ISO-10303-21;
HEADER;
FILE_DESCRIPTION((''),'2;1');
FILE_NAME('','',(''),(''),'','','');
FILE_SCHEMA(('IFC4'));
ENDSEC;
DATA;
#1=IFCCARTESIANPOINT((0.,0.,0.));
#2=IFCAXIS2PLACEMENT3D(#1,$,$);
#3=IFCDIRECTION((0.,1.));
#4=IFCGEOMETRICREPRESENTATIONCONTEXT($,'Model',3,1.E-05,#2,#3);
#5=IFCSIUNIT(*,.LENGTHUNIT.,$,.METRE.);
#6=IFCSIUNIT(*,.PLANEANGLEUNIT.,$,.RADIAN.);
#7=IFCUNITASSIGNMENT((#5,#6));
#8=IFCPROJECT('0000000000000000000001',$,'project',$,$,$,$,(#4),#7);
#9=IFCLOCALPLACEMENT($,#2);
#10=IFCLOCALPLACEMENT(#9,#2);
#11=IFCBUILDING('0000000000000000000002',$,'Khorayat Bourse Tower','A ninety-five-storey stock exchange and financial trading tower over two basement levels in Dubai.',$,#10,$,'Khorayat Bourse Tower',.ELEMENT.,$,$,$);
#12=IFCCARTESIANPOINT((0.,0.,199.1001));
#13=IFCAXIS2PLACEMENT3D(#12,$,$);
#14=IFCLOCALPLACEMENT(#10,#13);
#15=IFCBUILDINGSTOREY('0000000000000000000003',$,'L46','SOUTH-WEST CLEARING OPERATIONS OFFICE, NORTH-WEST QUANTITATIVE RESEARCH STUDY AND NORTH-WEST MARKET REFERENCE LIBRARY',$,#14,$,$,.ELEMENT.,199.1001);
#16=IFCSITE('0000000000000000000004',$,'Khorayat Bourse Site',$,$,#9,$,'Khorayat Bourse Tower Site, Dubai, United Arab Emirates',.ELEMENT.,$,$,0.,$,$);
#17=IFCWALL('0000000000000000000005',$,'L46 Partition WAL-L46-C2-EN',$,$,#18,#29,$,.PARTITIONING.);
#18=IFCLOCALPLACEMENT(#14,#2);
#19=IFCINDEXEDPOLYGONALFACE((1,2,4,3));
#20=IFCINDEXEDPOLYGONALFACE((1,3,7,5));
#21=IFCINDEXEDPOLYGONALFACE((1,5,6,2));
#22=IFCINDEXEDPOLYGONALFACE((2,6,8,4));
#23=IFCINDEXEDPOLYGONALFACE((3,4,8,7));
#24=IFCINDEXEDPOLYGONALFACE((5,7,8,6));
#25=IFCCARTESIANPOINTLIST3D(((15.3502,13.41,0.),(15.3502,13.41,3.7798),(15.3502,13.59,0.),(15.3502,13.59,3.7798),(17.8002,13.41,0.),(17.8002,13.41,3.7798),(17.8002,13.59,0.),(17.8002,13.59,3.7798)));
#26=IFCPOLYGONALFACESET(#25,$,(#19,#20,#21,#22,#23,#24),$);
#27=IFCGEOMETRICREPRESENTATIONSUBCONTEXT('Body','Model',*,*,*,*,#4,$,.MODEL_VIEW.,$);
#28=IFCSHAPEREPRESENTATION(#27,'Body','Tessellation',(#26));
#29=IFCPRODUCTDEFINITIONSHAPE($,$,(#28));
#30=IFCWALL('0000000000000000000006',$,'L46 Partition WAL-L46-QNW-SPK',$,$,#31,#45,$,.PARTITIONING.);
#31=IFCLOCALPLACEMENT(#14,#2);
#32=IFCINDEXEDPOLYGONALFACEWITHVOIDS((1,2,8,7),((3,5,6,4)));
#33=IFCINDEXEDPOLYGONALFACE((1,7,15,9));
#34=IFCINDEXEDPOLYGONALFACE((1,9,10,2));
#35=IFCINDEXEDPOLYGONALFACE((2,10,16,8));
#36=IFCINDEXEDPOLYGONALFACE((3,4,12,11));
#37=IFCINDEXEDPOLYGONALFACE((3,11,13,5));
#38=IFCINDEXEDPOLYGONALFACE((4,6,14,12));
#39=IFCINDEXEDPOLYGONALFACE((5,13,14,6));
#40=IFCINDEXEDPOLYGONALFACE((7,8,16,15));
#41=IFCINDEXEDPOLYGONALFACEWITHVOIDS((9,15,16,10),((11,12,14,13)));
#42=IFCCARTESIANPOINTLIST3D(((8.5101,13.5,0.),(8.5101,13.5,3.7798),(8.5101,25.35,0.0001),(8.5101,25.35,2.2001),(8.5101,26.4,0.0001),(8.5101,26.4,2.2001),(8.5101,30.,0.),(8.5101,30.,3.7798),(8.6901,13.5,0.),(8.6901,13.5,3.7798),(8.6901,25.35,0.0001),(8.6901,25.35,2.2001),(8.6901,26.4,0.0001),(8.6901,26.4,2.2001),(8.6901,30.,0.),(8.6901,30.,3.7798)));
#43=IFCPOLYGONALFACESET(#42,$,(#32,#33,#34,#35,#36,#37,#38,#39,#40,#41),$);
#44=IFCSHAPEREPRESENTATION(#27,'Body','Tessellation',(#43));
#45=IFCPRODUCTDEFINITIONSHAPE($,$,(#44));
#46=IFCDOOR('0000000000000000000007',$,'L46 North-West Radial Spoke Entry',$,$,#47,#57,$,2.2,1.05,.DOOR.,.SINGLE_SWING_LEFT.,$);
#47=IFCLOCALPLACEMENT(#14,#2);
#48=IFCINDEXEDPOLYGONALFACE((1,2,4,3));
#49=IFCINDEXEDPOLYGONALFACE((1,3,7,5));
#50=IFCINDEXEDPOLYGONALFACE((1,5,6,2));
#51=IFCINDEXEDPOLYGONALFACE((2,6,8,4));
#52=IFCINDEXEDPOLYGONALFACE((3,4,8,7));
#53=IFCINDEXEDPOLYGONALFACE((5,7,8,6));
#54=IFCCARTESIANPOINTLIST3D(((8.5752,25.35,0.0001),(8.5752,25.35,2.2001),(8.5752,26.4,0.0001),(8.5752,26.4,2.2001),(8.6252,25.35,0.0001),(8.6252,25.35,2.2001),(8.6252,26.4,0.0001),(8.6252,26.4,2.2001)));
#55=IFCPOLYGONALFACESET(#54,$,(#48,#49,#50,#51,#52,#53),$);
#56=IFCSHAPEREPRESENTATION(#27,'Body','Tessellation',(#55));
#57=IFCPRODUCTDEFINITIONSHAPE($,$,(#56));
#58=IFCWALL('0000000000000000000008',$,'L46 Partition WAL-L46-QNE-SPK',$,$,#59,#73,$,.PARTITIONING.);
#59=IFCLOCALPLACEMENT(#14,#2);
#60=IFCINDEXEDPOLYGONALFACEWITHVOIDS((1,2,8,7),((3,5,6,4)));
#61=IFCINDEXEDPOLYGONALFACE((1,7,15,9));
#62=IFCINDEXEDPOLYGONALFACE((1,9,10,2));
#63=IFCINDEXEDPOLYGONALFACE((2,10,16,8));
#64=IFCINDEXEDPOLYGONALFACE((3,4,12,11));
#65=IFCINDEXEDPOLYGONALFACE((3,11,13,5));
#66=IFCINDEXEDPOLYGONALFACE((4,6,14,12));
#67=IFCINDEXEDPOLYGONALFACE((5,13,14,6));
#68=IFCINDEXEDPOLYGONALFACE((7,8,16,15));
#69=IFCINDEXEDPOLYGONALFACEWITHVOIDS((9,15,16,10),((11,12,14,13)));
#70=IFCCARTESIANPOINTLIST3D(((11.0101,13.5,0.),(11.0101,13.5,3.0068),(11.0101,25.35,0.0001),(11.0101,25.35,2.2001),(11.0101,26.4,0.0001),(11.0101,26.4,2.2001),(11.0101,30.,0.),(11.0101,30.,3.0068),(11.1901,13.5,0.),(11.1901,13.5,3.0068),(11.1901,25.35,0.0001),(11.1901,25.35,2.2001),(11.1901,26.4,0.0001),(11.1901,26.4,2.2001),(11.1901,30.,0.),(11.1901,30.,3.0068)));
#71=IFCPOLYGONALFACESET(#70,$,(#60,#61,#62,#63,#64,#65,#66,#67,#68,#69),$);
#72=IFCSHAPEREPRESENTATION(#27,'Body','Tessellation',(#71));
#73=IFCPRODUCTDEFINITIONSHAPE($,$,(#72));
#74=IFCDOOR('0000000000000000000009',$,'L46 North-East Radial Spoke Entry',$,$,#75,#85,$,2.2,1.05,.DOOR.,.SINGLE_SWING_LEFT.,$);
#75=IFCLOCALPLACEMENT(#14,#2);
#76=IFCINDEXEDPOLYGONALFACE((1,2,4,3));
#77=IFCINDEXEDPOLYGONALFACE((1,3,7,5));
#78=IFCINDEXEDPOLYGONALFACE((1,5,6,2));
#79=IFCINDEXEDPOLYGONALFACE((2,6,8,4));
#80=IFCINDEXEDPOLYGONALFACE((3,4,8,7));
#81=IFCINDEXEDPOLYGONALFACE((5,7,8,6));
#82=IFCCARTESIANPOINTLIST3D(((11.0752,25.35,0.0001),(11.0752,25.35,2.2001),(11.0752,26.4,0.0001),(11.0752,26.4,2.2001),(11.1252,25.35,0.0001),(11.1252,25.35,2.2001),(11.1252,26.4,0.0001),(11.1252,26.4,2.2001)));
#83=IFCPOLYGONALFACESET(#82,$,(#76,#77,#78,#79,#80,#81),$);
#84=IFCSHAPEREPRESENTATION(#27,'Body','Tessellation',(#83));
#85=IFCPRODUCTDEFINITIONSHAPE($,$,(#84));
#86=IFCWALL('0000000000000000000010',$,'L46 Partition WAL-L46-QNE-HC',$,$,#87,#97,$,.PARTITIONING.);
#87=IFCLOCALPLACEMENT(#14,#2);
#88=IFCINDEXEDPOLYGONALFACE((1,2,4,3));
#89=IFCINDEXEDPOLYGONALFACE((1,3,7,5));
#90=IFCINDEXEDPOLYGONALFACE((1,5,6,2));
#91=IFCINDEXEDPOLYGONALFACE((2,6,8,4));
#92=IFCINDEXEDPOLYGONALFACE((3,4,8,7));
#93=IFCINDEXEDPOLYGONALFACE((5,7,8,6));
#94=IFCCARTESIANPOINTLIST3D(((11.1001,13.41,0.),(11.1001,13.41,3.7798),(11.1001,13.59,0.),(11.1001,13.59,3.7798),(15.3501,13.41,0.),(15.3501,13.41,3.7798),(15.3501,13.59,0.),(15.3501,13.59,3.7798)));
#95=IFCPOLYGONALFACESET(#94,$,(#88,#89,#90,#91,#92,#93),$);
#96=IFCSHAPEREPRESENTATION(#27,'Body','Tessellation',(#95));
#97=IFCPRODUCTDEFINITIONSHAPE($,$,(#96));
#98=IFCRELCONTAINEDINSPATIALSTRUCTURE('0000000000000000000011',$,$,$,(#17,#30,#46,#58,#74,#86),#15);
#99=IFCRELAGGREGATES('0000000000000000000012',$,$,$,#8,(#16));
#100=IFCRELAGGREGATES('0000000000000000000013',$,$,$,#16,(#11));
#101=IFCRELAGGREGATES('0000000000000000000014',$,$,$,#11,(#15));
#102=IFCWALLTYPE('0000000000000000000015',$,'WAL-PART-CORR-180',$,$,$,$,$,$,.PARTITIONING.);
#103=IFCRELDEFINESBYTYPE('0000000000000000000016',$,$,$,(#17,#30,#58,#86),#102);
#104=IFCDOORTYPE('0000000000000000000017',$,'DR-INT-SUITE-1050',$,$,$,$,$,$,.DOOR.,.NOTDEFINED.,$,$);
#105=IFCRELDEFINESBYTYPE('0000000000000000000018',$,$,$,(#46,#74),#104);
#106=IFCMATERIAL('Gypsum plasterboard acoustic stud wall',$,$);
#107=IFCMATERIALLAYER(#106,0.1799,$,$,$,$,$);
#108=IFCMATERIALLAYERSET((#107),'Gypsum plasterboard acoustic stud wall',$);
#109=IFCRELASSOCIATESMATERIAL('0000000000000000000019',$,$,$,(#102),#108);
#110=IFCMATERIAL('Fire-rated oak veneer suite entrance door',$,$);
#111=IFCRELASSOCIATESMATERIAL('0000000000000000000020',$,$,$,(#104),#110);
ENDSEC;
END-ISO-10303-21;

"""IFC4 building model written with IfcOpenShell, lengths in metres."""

from ifc_helpers import new_model, si_unit, direction, frame, frame_2d, origin, place, context, subcontext, project, spatial, rectangle, extrude, source, transform, mapped, material, layer, layer_set, type_object, element, fill, save


model = new_model("IFC4")

# Units and contexts
model_context = context("Model", 3, precision=1e-05, world=origin(), true_north=direction((0.0, 1.0)))
body_context = subcontext(model_context, "Body", "Model", "MODEL_VIEW")
ifc_project = project(units=[si_unit("LENGTHUNIT", "METRE"), si_unit("PLANEANGLEUNIT", "RADIAN")], contexts=[model_context])

# Site, building, storey
site_placement = place(None, origin())
site = spatial("IfcSite", under=ifc_project, at=site_placement, Name="Khorayat Bourse Site", LongName="Khorayat Bourse Tower Site, Dubai, United Arab Emirates", CompositionType="ELEMENT", RefElevation=0.0)
building_placement = place(site_placement, origin())
building = spatial("IfcBuilding", under=site, at=building_placement, Name="Khorayat Bourse Tower", Description="A ninety-five-storey stock exchange and financial trading tower over two basement levels in Dubai.", LongName="Khorayat Bourse Tower", CompositionType="ELEMENT")
storey_placement = place(building_placement, frame((0.0, 0.0, 199.1001)))
storey = spatial("IfcBuildingStorey", under=building, at=storey_placement, Name="L46", Description="SOUTH-WEST CLEARING OPERATIONS OFFICE, NORTH-WEST QUANTITATIVE RESEARCH STUDY AND NORTH-WEST MARKET REFERENCE LIBRARY", CompositionType="ELEMENT", Elevation=199.1001)

# Wall
ifc_material_1 = material(Name="Gypsum plasterboard acoustic stud wall")
ifc_layer_1 = layer(ifc_material_1, 0.1799)
ifc_layer_set_1 = layer_set([ifc_layer_1], Name="Gypsum plasterboard acoustic stud wall")
wall_type = type_object("IfcWallType", Name="WAL-PART-CORR-180", PredefinedType="PARTITIONING", material=ifc_layer_set_1)
shared_shape_1 = source(origin(), body_context, "Body", "SweptSolid", [
    extrude(rectangle(XDim=2.45, YDim=0.1799, at=frame_2d((1.2251, 0.0))), origin(), (0.0, 0.0, 1.0), 3.7798),
])
wall_1_placement = place(storey_placement, frame((15.3501, 13.5, 0.0), z_axis=(0.0, 0.0, 1.0), x_axis=(1.0, 0.0, 0.0)))
element("IfcWall", 1, at=wall_1_placement, inside=storey, type_object=wall_type, Name="L46 Partition WAL-L46-C2-EN", PredefinedType="PARTITIONING", context=body_context, shape_type="MappedRepresentation", body=[
    mapped(shared_shape_1, transform((0.0, 0.0, 0.0), scale=1.0)),
])

# Walls, openings, doors
shared_shape_2 = source(origin(), body_context, "Body", "SweptSolid", [
    extrude(rectangle(XDim=16.5, YDim=0.1799, at=frame_2d((8.25, 0.0))), origin(), (0.0, 0.0, 1.0), 3.7798),
])
wall_2_placement = place(storey_placement, frame((8.6001, 13.5, 0.0), z_axis=(0.0, 0.0, 1.0), x_axis=(0.0, 1.0, 0.0)))
wall_2 = element("IfcWall", 2, at=wall_2_placement, inside=storey, type_object=wall_type, Name="L46 Partition WAL-L46-QNW-SPK", PredefinedType="PARTITIONING", context=body_context, shape_type="MappedRepresentation", body=[
    mapped(shared_shape_2, transform((0.0, 0.0, 0.0), scale=1.0)),
])
shared_shape_3 = source(origin(), body_context, "Body", "SweptSolid", [
    extrude(rectangle(XDim=1.05, YDim=2.2, at=frame_2d((0.5249, 1.1001))), frame((0.0, 0.0999, 0.0), z_axis=(0.0, -1.0, 0.0), x_axis=(1.0, 0.0, 0.0)), (0.0, 0.0, 1.0), 0.2),
])
opening_1_placement = place(wall_2_placement, frame((11.8501, 0.0, 0.0)))
opening_1 = element("IfcOpeningElement", 3, at=opening_1_placement, cuts=wall_2, PredefinedType="OPENING", context=body_context, shape_type="MappedRepresentation", body=[
    mapped(shared_shape_3, transform((0.0, 0.0, 0.0), scale=1.0)),
])
ifc_material_2 = material(Name="Fire-rated oak veneer suite entrance door")
door_type = type_object("IfcDoorType", Name="DR-INT-SUITE-1050", OperationType="NOTDEFINED", PredefinedType="DOOR", material=ifc_material_2)
shared_shape_4 = source(origin(), body_context, "Body", "SweptSolid", [
    extrude(rectangle(XDim=1.05, YDim=2.2, at=frame_2d((0.5249, 1.1001))), frame((0.0, 0.0249, 0.0), z_axis=(0.0, -1.0, 0.0), x_axis=(1.0, 0.0, 0.0)), (0.0, 0.0, 1.0), 0.05),
])
door_1_placement = place(opening_1_placement, origin())
door_1 = element("IfcDoor", 4, at=door_1_placement, inside=storey, type_object=door_type, Name="L46 North-West Radial Spoke Entry", OperationType="SINGLE_SWING_LEFT", OverallHeight=2.2, OverallWidth=1.05, PredefinedType="DOOR", context=body_context, shape_type="MappedRepresentation", body=[
    mapped(shared_shape_4, transform((0.0, 0.0, 0.0), scale=1.0)),
])
fill(opening_1, door_1)
shared_shape_5 = source(origin(), body_context, "Body", "SweptSolid", [
    extrude(rectangle(XDim=16.5, YDim=0.1799, at=frame_2d((8.25, 0.0))), origin(), (0.0, 0.0, 1.0), 3.0068),
])
wall_3_placement = place(storey_placement, frame((11.1001, 13.5, 0.0), z_axis=(0.0, 0.0, 1.0), x_axis=(0.0, 1.0, 0.0)))
wall_3 = element("IfcWall", 5, at=wall_3_placement, inside=storey, type_object=wall_type, Name="L46 Partition WAL-L46-QNE-SPK", PredefinedType="PARTITIONING", context=body_context, shape_type="MappedRepresentation", body=[
    mapped(shared_shape_5, transform((0.0, 0.0, 0.0), scale=1.0)),
])
opening_2_placement = place(wall_3_placement, frame((11.8501, 0.0, 0.0)))
opening_2 = element("IfcOpeningElement", 6, at=opening_2_placement, cuts=wall_3, PredefinedType="OPENING", context=body_context, shape_type="MappedRepresentation", body=[
    mapped(shared_shape_3, transform((0.0, 0.0, 0.0), scale=1.0)),
])
door_2_placement = place(opening_2_placement, origin())
door_2 = element("IfcDoor", 7, at=door_2_placement, inside=storey, type_object=door_type, Name="L46 North-East Radial Spoke Entry", OperationType="SINGLE_SWING_LEFT", OverallHeight=2.2, OverallWidth=1.05, PredefinedType="DOOR", context=body_context, shape_type="MappedRepresentation", body=[
    mapped(shared_shape_4, transform((0.0, 0.0, 0.0), scale=1.0)),
])
fill(opening_2, door_2)

# Wall
shared_shape_6 = source(origin(), body_context, "Body", "SweptSolid", [
    extrude(rectangle(XDim=4.25, YDim=0.1799, at=frame_2d((2.125, 0.0))), origin(), (0.0, 0.0, 1.0), 3.7798),
])
wall_4_placement = place(storey_placement, frame((11.1001, 13.5, 0.0), z_axis=(0.0, 0.0, 1.0), x_axis=(1.0, 0.0, 0.0)))
element("IfcWall", 8, at=wall_4_placement, inside=storey, type_object=wall_type, Name="L46 Partition WAL-L46-QNE-HC", PredefinedType="PARTITIONING", context=body_context, shape_type="MappedRepresentation", body=[
    mapped(shared_shape_6, transform((0.0, 0.0, 0.0), scale=1.0)),
])

save(model, "model.ifc")
